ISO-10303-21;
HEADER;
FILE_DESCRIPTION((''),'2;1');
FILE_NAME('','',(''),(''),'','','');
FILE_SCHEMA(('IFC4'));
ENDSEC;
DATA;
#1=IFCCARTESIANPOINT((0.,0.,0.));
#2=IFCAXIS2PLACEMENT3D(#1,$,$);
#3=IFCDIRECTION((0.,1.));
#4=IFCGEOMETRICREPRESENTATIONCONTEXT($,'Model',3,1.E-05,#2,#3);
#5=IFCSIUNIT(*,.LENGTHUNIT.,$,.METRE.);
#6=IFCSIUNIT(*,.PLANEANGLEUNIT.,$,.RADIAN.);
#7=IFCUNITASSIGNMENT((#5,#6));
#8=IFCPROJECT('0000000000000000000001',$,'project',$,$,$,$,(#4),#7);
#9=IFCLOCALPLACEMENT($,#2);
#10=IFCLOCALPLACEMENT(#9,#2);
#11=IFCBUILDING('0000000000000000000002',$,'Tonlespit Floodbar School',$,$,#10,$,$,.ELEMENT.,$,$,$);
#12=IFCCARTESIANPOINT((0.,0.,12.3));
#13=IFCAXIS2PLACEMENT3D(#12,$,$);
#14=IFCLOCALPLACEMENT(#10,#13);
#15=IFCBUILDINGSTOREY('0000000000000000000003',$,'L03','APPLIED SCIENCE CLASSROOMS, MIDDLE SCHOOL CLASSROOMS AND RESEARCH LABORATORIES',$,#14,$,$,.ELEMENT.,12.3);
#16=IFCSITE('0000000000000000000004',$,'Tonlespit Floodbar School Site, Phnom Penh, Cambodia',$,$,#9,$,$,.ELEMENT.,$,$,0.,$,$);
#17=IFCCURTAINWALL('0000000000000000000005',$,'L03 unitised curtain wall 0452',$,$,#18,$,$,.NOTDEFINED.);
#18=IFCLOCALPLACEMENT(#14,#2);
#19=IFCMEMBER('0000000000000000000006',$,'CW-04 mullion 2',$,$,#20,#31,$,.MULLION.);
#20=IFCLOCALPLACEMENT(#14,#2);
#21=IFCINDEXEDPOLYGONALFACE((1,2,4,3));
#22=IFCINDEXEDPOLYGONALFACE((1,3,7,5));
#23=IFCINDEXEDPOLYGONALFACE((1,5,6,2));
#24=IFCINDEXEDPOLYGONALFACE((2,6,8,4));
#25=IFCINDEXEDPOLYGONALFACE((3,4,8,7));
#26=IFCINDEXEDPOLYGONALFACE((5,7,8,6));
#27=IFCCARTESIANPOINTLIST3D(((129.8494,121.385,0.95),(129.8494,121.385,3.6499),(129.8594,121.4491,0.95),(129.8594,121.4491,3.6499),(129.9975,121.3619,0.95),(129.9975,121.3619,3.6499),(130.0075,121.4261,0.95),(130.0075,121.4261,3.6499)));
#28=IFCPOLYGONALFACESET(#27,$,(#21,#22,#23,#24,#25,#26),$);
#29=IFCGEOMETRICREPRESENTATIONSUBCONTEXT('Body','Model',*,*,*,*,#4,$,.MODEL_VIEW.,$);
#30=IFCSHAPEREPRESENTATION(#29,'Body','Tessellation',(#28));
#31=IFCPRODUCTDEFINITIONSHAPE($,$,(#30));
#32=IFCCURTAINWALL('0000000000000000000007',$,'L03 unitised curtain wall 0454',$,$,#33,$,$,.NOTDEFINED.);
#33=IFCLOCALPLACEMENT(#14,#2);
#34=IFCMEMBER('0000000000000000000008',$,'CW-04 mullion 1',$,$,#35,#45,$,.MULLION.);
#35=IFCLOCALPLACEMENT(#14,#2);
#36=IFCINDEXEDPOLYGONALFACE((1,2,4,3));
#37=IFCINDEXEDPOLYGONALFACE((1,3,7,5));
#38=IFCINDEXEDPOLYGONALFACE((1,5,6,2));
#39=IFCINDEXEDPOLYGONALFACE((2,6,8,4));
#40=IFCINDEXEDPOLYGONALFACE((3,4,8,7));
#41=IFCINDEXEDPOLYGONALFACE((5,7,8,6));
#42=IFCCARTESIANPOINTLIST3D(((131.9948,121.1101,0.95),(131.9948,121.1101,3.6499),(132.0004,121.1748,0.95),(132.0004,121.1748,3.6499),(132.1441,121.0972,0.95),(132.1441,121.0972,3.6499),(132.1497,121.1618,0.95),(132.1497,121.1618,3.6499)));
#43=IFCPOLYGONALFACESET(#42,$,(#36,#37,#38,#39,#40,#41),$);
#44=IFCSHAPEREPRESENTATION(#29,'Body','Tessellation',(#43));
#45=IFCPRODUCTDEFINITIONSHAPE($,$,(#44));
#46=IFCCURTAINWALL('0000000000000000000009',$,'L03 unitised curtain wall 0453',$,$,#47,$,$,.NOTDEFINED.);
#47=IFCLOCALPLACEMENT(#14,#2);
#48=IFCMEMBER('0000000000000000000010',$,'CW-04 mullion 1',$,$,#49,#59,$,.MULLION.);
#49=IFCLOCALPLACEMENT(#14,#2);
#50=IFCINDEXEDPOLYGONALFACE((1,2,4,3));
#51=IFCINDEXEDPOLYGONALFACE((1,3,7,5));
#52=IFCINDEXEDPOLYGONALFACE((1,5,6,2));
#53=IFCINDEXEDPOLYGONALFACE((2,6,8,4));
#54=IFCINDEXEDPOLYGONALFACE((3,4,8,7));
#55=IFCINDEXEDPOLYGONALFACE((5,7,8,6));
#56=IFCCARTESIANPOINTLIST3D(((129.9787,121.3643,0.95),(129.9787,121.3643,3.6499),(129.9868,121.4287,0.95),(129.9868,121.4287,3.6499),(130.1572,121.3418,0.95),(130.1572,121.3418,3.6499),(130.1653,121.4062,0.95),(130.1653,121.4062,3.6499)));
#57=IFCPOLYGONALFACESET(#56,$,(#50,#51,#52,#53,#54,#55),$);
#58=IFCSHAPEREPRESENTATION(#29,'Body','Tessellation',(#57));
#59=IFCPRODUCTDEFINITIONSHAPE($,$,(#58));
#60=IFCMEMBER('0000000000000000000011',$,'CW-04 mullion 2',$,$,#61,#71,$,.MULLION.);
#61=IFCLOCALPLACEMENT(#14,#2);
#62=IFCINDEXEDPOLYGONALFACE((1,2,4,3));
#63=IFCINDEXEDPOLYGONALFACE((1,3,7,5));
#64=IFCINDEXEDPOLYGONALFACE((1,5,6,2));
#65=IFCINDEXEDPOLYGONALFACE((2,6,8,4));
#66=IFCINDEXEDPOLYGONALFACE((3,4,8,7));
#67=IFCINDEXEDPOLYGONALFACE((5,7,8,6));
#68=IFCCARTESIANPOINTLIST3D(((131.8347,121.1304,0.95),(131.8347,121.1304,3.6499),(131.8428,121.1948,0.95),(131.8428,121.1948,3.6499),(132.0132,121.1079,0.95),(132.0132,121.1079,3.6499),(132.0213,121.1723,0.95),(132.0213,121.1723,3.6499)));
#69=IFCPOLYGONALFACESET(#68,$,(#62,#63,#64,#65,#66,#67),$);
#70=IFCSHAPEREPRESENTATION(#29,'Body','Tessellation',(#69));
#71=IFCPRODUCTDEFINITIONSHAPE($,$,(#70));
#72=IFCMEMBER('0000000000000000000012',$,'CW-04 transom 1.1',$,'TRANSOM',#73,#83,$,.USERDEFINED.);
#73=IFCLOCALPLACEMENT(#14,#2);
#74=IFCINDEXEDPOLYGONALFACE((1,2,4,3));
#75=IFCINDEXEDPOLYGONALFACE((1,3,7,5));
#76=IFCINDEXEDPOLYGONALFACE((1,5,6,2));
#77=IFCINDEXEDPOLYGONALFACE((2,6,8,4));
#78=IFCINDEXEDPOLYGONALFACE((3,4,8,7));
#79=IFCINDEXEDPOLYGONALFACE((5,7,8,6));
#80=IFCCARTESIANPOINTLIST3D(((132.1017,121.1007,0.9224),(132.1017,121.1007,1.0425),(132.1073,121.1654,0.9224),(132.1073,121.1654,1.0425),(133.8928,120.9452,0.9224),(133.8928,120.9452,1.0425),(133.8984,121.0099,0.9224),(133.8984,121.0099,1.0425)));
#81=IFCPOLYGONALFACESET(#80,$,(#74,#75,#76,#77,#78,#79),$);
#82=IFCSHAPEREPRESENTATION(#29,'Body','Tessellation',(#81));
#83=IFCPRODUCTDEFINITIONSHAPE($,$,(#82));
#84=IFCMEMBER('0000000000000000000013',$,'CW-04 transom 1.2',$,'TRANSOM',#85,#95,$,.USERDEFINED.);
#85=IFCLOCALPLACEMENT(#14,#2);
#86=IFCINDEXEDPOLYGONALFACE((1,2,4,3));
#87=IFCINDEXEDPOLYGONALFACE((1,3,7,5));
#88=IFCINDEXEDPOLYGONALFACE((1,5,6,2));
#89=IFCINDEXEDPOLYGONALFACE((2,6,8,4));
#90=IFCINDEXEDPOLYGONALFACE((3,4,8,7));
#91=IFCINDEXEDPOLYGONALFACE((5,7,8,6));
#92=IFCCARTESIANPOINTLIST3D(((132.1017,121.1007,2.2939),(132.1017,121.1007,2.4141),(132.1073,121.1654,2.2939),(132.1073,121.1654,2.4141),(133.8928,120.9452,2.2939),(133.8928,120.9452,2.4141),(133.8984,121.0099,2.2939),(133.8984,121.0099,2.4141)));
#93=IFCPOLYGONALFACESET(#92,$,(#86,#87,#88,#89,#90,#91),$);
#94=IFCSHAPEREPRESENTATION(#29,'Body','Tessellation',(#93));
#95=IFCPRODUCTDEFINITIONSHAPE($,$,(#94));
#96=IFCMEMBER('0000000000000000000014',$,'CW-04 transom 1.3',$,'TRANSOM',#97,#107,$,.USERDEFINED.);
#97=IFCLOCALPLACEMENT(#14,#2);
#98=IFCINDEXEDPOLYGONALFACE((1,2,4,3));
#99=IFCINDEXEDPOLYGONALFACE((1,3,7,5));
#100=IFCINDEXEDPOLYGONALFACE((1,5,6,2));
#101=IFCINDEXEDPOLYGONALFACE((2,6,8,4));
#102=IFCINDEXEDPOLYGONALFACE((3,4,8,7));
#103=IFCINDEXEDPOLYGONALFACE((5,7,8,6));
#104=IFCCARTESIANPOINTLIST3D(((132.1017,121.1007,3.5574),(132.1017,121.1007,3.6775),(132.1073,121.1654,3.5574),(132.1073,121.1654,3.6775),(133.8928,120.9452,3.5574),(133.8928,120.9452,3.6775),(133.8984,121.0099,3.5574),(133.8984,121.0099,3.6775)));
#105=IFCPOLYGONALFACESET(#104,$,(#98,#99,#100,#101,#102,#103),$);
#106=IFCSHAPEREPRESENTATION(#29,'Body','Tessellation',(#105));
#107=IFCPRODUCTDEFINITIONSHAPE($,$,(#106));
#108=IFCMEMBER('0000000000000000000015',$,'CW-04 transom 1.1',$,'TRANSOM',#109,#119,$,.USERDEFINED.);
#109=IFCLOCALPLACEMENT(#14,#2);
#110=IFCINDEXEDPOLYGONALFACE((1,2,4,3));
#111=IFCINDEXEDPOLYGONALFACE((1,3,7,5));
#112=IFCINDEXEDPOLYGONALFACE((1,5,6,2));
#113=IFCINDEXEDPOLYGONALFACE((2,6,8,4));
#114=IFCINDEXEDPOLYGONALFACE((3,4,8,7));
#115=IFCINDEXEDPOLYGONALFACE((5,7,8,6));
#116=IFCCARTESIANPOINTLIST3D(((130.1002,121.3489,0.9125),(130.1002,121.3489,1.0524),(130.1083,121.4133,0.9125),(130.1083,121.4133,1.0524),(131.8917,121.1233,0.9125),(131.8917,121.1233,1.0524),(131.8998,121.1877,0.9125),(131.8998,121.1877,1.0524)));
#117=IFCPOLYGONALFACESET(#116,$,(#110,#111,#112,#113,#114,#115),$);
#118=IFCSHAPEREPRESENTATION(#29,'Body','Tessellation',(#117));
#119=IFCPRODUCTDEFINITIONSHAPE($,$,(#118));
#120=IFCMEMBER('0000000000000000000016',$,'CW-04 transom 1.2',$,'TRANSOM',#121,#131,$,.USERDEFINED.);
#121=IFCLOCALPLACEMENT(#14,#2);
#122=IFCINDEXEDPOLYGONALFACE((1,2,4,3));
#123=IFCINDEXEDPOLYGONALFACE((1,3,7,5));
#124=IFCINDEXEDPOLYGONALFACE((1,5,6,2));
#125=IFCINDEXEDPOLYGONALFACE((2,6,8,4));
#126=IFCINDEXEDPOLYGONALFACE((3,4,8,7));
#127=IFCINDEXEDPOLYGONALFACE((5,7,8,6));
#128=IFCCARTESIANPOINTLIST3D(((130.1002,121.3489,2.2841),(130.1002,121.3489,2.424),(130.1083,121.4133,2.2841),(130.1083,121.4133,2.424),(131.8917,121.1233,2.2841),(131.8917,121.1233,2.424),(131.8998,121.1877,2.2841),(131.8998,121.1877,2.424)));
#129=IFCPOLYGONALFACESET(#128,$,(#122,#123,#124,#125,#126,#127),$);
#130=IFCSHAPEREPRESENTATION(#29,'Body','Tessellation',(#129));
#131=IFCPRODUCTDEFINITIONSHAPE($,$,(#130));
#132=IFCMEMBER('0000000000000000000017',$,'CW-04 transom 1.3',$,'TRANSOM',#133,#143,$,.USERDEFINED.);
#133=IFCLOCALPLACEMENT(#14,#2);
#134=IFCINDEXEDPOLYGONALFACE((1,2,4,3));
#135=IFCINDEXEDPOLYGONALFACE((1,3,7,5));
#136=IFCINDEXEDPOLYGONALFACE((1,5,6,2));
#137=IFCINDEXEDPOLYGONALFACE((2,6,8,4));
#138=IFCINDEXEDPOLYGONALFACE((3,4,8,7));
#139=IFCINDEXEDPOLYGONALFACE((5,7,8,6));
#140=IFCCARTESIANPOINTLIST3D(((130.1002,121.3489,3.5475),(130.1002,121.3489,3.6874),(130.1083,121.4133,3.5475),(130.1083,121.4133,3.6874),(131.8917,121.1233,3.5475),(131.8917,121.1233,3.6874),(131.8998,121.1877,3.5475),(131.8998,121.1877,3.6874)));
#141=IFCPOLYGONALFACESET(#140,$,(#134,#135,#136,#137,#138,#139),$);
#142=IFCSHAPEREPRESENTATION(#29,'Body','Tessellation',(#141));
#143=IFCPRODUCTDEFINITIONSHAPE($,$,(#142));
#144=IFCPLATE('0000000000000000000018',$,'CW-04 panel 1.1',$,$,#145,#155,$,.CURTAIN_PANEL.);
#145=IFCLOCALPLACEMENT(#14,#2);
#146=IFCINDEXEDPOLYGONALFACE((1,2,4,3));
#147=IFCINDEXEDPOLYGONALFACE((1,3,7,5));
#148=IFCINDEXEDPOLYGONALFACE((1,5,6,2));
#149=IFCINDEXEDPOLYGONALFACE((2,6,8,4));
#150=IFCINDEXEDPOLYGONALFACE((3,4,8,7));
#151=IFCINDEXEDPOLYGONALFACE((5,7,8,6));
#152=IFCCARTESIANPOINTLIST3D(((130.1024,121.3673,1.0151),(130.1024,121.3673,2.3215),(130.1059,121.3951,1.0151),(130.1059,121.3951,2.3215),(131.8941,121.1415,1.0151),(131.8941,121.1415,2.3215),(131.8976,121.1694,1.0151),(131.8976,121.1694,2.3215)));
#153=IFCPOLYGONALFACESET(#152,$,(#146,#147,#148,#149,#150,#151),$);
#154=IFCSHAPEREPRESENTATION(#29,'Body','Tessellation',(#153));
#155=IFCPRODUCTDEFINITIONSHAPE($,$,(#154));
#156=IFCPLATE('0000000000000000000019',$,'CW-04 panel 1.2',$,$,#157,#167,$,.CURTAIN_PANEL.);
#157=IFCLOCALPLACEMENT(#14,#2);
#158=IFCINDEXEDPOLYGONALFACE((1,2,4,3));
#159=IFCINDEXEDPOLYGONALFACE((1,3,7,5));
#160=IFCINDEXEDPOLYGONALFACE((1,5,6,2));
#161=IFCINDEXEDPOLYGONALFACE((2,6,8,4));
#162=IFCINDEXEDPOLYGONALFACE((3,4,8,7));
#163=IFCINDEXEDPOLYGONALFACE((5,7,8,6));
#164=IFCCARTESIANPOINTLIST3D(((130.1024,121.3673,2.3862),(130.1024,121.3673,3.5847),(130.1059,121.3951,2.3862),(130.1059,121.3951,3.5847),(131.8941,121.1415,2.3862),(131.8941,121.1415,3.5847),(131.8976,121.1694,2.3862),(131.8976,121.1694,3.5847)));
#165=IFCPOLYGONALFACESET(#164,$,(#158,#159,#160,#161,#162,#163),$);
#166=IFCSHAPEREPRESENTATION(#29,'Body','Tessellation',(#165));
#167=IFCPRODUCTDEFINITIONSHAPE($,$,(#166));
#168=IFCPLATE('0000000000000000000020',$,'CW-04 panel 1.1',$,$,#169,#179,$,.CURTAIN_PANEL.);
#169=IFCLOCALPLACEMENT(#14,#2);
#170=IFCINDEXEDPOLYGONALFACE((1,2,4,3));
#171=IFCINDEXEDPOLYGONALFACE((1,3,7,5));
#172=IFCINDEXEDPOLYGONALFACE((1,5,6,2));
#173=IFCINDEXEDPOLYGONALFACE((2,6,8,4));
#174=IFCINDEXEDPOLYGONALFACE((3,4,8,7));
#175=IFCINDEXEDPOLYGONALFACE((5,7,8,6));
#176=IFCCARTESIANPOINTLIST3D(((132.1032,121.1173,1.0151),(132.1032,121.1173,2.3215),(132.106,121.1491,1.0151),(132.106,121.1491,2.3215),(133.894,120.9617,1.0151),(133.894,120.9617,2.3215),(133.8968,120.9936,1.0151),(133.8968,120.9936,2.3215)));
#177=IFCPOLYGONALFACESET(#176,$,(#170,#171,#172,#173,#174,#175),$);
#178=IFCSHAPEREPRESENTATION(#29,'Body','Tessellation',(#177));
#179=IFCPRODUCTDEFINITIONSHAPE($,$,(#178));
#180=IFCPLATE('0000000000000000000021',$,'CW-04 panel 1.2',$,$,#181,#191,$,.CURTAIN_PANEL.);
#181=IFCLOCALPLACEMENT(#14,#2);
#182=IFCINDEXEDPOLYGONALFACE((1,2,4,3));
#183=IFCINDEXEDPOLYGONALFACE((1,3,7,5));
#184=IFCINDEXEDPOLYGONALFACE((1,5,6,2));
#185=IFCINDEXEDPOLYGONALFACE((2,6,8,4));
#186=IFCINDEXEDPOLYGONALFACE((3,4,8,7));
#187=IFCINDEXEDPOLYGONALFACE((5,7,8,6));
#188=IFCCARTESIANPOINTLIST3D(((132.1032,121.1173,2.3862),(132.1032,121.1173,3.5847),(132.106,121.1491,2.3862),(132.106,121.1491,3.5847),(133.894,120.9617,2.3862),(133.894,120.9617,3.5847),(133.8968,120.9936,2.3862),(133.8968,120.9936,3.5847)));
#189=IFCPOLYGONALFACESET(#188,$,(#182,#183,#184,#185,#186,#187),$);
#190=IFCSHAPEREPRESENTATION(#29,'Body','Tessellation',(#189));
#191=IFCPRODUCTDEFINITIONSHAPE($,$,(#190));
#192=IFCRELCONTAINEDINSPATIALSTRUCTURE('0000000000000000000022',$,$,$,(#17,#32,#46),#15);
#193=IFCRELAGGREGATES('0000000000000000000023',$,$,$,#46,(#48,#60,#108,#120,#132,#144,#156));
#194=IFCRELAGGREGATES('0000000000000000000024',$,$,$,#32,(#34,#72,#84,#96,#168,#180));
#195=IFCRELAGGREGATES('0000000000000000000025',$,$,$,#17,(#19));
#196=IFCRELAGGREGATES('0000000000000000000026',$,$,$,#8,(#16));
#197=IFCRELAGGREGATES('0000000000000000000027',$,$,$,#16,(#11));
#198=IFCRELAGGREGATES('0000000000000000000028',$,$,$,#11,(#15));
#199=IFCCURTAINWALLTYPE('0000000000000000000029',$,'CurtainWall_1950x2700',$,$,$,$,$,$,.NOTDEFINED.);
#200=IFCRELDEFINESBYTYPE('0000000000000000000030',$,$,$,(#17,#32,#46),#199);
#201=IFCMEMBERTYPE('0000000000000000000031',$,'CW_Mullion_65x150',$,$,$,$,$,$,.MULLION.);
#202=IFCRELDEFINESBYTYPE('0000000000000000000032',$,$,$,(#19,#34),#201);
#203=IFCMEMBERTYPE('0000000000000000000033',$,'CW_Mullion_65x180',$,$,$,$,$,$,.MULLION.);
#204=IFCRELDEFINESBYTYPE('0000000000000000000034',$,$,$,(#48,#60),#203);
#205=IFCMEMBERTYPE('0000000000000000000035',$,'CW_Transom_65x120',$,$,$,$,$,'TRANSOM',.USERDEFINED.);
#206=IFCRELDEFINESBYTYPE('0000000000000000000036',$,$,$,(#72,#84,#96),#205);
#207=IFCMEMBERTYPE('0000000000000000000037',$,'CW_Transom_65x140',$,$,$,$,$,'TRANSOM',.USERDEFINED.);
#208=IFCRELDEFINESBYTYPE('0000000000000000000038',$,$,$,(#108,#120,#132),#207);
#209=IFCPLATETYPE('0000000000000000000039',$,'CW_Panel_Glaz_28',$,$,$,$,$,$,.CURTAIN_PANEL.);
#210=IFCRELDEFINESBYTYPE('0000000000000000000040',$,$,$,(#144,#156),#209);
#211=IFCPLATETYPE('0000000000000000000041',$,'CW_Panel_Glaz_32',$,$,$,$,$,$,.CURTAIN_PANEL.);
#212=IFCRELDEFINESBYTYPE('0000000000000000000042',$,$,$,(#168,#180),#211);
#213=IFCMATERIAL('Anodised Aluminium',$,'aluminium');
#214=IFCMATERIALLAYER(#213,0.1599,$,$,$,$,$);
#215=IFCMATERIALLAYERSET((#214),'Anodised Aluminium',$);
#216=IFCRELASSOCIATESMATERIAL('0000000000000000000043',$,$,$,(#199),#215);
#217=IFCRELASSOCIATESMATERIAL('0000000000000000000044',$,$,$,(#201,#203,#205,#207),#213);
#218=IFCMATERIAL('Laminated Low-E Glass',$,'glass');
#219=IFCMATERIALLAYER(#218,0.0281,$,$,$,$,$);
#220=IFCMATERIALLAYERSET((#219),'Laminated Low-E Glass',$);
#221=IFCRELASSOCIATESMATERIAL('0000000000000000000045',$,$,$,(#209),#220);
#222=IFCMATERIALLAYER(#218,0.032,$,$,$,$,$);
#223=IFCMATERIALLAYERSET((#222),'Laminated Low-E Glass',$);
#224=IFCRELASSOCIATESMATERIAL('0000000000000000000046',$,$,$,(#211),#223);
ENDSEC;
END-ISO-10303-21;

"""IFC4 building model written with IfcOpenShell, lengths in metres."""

from ifc_helpers import new_model, si_unit, direction, frame, origin, origin_2d, place, context, subcontext, project, spatial, rectangle, extrude, material, layer, layer_set, material_profile, profile_set, type_object, element, aggregate, save


model = new_model("IFC4")

# Units and contexts
model_context = context("Model", 3, precision=1e-05, world=origin(), true_north=direction((0.0, 1.0)))
body_context = subcontext(model_context, "Body", "Model", "MODEL_VIEW")
ifc_project = project(units=[si_unit("LENGTHUNIT", "METRE"), si_unit("PLANEANGLEUNIT", "RADIAN")], contexts=[model_context])

# Site, building, storey
site_placement = place(None, origin())
site = spatial("IfcSite", under=ifc_project, at=site_placement, Name="Tonlespit Floodbar School Site, Phnom Penh, Cambodia", CompositionType="ELEMENT", RefElevation=0.0)
building_placement = place(site_placement, origin())
building = spatial("IfcBuilding", under=site, at=building_placement, Name="Tonlespit Floodbar School", CompositionType="ELEMENT")
storey_placement = place(building_placement, frame((0.0, 0.0, 12.3)))
storey = spatial("IfcBuildingStorey", under=building, at=storey_placement, Name="L03", Description="APPLIED SCIENCE CLASSROOMS, MIDDLE SCHOOL CLASSROOMS AND RESEARCH LABORATORIES", CompositionType="ELEMENT", Elevation=12.3)

# Curtain walls, members
ifc_material_1 = material(Name="Anodised Aluminium", Category="aluminium")
ifc_layer_1 = layer(ifc_material_1, 0.1599)
ifc_layer_set_1 = layer_set([ifc_layer_1], Name="Anodised Aluminium")
curtain_wall_type = type_object("IfcCurtainWallType", Name="CurtainWall_1950x2700", PredefinedType="NOTDEFINED", material=ifc_layer_set_1)
curtain_wall_1_placement = place(storey_placement, origin())
curtain_wall_1 = element("IfcCurtainWall", 1, at=curtain_wall_1_placement, inside=storey, type_object=curtain_wall_type, Name="L03 unitised curtain wall 0452", PredefinedType="NOTDEFINED")
ifc_material_profile_1 = material_profile(ifc_material_1, rectangle(XDim=0.0649, YDim=0.1499, at=origin_2d()), Name="ALU M65x150")
ifc_profile_set_1 = profile_set([ifc_material_profile_1], Name="Anodised Aluminium")
member_type_1 = type_object("IfcMemberType", Name="CW_Mullion_65x150", PredefinedType="MULLION", material=ifc_profile_set_1)
member_1_placement = place(storey_placement, frame((129.9285, 121.4055, 0.95), z_axis=(0.0, 0.0, 1.0), x_axis=(0.153796, 0.988103, 0.0)))
member_1 = element("IfcMember", 2, at=member_1_placement, type_object=member_type_1, Name="CW-04 mullion 2", PredefinedType="MULLION", context=body_context, shape_type="SweptSolid", body=[
    extrude(rectangle(XDim=0.0649, YDim=0.1499, at=origin_2d()), origin(), (0.0, 0.0, 1.0), 2.7),
])
curtain_wall_2_placement = place(storey_placement, origin())
curtain_wall_2 = element("IfcCurtainWall", 3, at=curtain_wall_2_placement, inside=storey, type_object=curtain_wall_type, Name="L03 unitised curtain wall 0454", PredefinedType="NOTDEFINED")
member_2_placement = place(storey_placement, frame((132.0723, 121.136, 0.95), z_axis=(0.0, 0.0, 1.0), x_axis=(0.086531, 0.996249, 0.0)))
member_2 = element("IfcMember", 4, at=member_2_placement, type_object=member_type_1, Name="CW-04 mullion 1", PredefinedType="MULLION", context=body_context, shape_type="SweptSolid", body=[
    extrude(rectangle(XDim=0.0649, YDim=0.1499, at=origin_2d()), origin(), (0.0, 0.0, 1.0), 2.7),
])

# Curtain wall, members
curtain_wall_3_placement = place(storey_placement, origin())
curtain_wall_3 = element("IfcCurtainWall", 5, at=curtain_wall_3_placement, inside=storey, type_object=curtain_wall_type, Name="L03 unitised curtain wall 0453", PredefinedType="NOTDEFINED")
ifc_material_profile_2 = material_profile(ifc_material_1, rectangle(XDim=0.0649, YDim=0.1799, at=origin_2d()), Name="ALU M65x180")
ifc_profile_set_2 = profile_set([ifc_material_profile_2], Name="Anodised Aluminium")
member_type_2 = type_object("IfcMemberType", Name="CW_Mullion_65x180", PredefinedType="MULLION", material=ifc_profile_set_2)
member_3_placement = place(storey_placement, frame((130.072, 121.3853, 0.95), z_axis=(0.0, 0.0, 1.0), x_axis=(0.125014, 0.992155, 0.0)))
member_3 = element("IfcMember", 6, at=member_3_placement, type_object=member_type_2, Name="CW-04 mullion 1", PredefinedType="MULLION", context=body_context, shape_type="SweptSolid", body=[
    extrude(rectangle(XDim=0.0649, YDim=0.1799, at=origin_2d()), origin(), (0.0, 0.0, 1.0), 2.7),
])
member_4_placement = place(storey_placement, frame((131.928, 121.1514, 0.95), z_axis=(0.0, 0.0, 1.0), x_axis=(0.125014, 0.992155, 0.0)))
member_4 = element("IfcMember", 7, at=member_4_placement, type_object=member_type_2, Name="CW-04 mullion 2", PredefinedType="MULLION", context=body_context, shape_type="SweptSolid", body=[
    extrude(rectangle(XDim=0.0649, YDim=0.1799, at=origin_2d()), origin(), (0.0, 0.0, 1.0), 2.7),
])

# Members
ifc_material_profile_3 = material_profile(ifc_material_1, rectangle(XDim=0.0649, YDim=0.1201, at=origin_2d()), Name="ALU T65x120")
ifc_profile_set_3 = profile_set([ifc_material_profile_3], Name="Anodised Aluminium")
member_type_3 = type_object("IfcMemberType", Name="CW_Transom_65x120", ElementType="TRANSOM", PredefinedType="USERDEFINED", material=ifc_profile_set_3)
member_5_placement = place(storey_placement, frame((132.1045, 121.1331, 0.9824), z_axis=(0.996251, -0.086507, 0.0), x_axis=(0.086507, 0.996251, 0.0)))
member_5 = element("IfcMember", 8, at=member_5_placement, type_object=member_type_3, Name="CW-04 transom 1.1", ObjectType="TRANSOM", PredefinedType="USERDEFINED", context=body_context, shape_type="SweptSolid", body=[
    extrude(rectangle(XDim=0.0649, YDim=0.1201, at=origin_2d()), origin(), (0.0, 0.0, 1.0), 1.7979),
])
member_6_placement = place(storey_placement, frame((132.1045, 121.1331, 2.354), z_axis=(0.996251, -0.086507, 0.0), x_axis=(0.086507, 0.996251, 0.0)))
member_6 = element("IfcMember", 9, at=member_6_placement, type_object=member_type_3, Name="CW-04 transom 1.2", ObjectType="TRANSOM", PredefinedType="USERDEFINED", context=body_context, shape_type="SweptSolid", body=[
    extrude(rectangle(XDim=0.0649, YDim=0.1201, at=origin_2d()), origin(), (0.0, 0.0, 1.0), 1.7979),
])
member_7_placement = place(storey_placement, frame((132.1045, 121.1331, 3.6174), z_axis=(0.996251, -0.086507, 0.0), x_axis=(0.086507, 0.996251, 0.0)))
member_7 = element("IfcMember", 10, at=member_7_placement, type_object=member_type_3, Name="CW-04 transom 1.3", ObjectType="TRANSOM", PredefinedType="USERDEFINED", context=body_context, shape_type="SweptSolid", body=[
    extrude(rectangle(XDim=0.0649, YDim=0.1201, at=origin_2d()), origin(), (0.0, 0.0, 1.0), 1.7979),
])
ifc_material_profile_4 = material_profile(ifc_material_1, rectangle(XDim=0.0649, YDim=0.1399, at=origin_2d()), Name="ALU T65x140")
ifc_profile_set_4 = profile_set([ifc_material_profile_4], Name="Anodised Aluminium")
member_type_4 = type_object("IfcMemberType", Name="CW_Transom_65x140", ElementType="TRANSOM", PredefinedType="USERDEFINED", material=ifc_profile_set_4)
member_8_placement = place(storey_placement, frame((130.1042, 121.3811, 0.9824), z_axis=(0.992165, -0.124933, 0.0), x_axis=(0.124933, 0.992165, 0.0)))
member_8 = element("IfcMember", 11, at=member_8_placement, type_object=member_type_4, Name="CW-04 transom 1.1", ObjectType="TRANSOM", PredefinedType="USERDEFINED", context=body_context, shape_type="SweptSolid", body=[
    extrude(rectangle(XDim=0.0649, YDim=0.1399, at=origin_2d()), origin(), (0.0, 0.0, 1.0), 1.8057),
])
member_9_placement = place(storey_placement, frame((130.1042, 121.3811, 2.354), z_axis=(0.992165, -0.124933, 0.0), x_axis=(0.124933, 0.992165, 0.0)))
member_9 = element("IfcMember", 12, at=member_9_placement, type_object=member_type_4, Name="CW-04 transom 1.2", ObjectType="TRANSOM", PredefinedType="USERDEFINED", context=body_context, shape_type="SweptSolid", body=[
    extrude(rectangle(XDim=0.0649, YDim=0.1399, at=origin_2d()), origin(), (0.0, 0.0, 1.0), 1.8057),
])
member_10_placement = place(storey_placement, frame((130.1042, 121.3811, 3.6174), z_axis=(0.992165, -0.124933, 0.0), x_axis=(0.124933, 0.992165, 0.0)))
member_10 = element("IfcMember", 13, at=member_10_placement, type_object=member_type_4, Name="CW-04 transom 1.3", ObjectType="TRANSOM", PredefinedType="USERDEFINED", context=body_context, shape_type="SweptSolid", body=[
    extrude(rectangle(XDim=0.0649, YDim=0.1399, at=origin_2d()), origin(), (0.0, 0.0, 1.0), 1.8057),
])

# Plates
ifc_material_2 = material(Name="Laminated Low-E Glass", Category="glass")
ifc_layer_2 = layer(ifc_material_2, 0.0281)
ifc_layer_set_2 = layer_set([ifc_layer_2], Name="Laminated Low-E Glass")
plate_type_1 = type_object("IfcPlateType", Name="CW_Panel_Glaz_28", PredefinedType="CURTAIN_PANEL", material=ifc_layer_set_2)
plate_1_placement = place(storey_placement, frame((131.0, 121.2683, 1.0151), z_axis=(0.0, 0.0, 1.0), x_axis=(0.992155, -0.125014, 0.0)))
plate_1 = element("IfcPlate", 14, at=plate_1_placement, type_object=plate_type_1, Name="CW-04 panel 1.1", PredefinedType="CURTAIN_PANEL", context=body_context, shape_type="SweptSolid", body=[
    extrude(rectangle(XDim=1.8059, YDim=0.0281, at=origin_2d()), origin(), (0.0, 0.0, 1.0), 1.3064),
])
plate_2_placement = place(storey_placement, frame((131.0, 121.2683, 2.3862), z_axis=(0.0, 0.0, 1.0), x_axis=(0.992155, -0.125014, 0.0)))
plate_2 = element("IfcPlate", 15, at=plate_2_placement, type_object=plate_type_1, Name="CW-04 panel 1.2", PredefinedType="CURTAIN_PANEL", context=body_context, shape_type="SweptSolid", body=[
    extrude(rectangle(XDim=1.8059, YDim=0.0281, at=origin_2d()), origin(), (0.0, 0.0, 1.0), 1.1985),
])
aggregate(curtain_wall_3, [member_3, member_4, member_8, member_9, member_10, plate_1, plate_2])
ifc_layer_3 = layer(ifc_material_2, 0.032)
ifc_layer_set_3 = layer_set([ifc_layer_3], Name="Laminated Low-E Glass")
plate_type_2 = type_object("IfcPlateType", Name="CW_Panel_Glaz_32", PredefinedType="CURTAIN_PANEL", material=ifc_layer_set_3)
plate_3_placement = place(storey_placement, frame((133.0, 121.0554, 1.0151), z_axis=(0.0, 0.0, 1.0), x_axis=(0.996249, -0.086531, 0.0)))
plate_3 = element("IfcPlate", 16, at=plate_3_placement, type_object=plate_type_2, Name="CW-04 panel 1.1", PredefinedType="CURTAIN_PANEL", context=body_context, shape_type="SweptSolid", body=[
    extrude(rectangle(XDim=1.7976, YDim=0.032, at=origin_2d()), origin(), (0.0, 0.0, 1.0), 1.3064),
])
plate_4_placement = place(storey_placement, frame((133.0, 121.0554, 2.3862), z_axis=(0.0, 0.0, 1.0), x_axis=(0.996249, -0.086531, 0.0)))
plate_4 = element("IfcPlate", 17, at=plate_4_placement, type_object=plate_type_2, Name="CW-04 panel 1.2", PredefinedType="CURTAIN_PANEL", context=body_context, shape_type="SweptSolid", body=[
    extrude(rectangle(XDim=1.7976, YDim=0.032, at=origin_2d()), origin(), (0.0, 0.0, 1.0), 1.1985),
])
aggregate(curtain_wall_2, [member_2, member_5, member_6, member_7, plate_3, plate_4])
aggregate(curtain_wall_1, [member_1])

save(model, "model.ifc")
